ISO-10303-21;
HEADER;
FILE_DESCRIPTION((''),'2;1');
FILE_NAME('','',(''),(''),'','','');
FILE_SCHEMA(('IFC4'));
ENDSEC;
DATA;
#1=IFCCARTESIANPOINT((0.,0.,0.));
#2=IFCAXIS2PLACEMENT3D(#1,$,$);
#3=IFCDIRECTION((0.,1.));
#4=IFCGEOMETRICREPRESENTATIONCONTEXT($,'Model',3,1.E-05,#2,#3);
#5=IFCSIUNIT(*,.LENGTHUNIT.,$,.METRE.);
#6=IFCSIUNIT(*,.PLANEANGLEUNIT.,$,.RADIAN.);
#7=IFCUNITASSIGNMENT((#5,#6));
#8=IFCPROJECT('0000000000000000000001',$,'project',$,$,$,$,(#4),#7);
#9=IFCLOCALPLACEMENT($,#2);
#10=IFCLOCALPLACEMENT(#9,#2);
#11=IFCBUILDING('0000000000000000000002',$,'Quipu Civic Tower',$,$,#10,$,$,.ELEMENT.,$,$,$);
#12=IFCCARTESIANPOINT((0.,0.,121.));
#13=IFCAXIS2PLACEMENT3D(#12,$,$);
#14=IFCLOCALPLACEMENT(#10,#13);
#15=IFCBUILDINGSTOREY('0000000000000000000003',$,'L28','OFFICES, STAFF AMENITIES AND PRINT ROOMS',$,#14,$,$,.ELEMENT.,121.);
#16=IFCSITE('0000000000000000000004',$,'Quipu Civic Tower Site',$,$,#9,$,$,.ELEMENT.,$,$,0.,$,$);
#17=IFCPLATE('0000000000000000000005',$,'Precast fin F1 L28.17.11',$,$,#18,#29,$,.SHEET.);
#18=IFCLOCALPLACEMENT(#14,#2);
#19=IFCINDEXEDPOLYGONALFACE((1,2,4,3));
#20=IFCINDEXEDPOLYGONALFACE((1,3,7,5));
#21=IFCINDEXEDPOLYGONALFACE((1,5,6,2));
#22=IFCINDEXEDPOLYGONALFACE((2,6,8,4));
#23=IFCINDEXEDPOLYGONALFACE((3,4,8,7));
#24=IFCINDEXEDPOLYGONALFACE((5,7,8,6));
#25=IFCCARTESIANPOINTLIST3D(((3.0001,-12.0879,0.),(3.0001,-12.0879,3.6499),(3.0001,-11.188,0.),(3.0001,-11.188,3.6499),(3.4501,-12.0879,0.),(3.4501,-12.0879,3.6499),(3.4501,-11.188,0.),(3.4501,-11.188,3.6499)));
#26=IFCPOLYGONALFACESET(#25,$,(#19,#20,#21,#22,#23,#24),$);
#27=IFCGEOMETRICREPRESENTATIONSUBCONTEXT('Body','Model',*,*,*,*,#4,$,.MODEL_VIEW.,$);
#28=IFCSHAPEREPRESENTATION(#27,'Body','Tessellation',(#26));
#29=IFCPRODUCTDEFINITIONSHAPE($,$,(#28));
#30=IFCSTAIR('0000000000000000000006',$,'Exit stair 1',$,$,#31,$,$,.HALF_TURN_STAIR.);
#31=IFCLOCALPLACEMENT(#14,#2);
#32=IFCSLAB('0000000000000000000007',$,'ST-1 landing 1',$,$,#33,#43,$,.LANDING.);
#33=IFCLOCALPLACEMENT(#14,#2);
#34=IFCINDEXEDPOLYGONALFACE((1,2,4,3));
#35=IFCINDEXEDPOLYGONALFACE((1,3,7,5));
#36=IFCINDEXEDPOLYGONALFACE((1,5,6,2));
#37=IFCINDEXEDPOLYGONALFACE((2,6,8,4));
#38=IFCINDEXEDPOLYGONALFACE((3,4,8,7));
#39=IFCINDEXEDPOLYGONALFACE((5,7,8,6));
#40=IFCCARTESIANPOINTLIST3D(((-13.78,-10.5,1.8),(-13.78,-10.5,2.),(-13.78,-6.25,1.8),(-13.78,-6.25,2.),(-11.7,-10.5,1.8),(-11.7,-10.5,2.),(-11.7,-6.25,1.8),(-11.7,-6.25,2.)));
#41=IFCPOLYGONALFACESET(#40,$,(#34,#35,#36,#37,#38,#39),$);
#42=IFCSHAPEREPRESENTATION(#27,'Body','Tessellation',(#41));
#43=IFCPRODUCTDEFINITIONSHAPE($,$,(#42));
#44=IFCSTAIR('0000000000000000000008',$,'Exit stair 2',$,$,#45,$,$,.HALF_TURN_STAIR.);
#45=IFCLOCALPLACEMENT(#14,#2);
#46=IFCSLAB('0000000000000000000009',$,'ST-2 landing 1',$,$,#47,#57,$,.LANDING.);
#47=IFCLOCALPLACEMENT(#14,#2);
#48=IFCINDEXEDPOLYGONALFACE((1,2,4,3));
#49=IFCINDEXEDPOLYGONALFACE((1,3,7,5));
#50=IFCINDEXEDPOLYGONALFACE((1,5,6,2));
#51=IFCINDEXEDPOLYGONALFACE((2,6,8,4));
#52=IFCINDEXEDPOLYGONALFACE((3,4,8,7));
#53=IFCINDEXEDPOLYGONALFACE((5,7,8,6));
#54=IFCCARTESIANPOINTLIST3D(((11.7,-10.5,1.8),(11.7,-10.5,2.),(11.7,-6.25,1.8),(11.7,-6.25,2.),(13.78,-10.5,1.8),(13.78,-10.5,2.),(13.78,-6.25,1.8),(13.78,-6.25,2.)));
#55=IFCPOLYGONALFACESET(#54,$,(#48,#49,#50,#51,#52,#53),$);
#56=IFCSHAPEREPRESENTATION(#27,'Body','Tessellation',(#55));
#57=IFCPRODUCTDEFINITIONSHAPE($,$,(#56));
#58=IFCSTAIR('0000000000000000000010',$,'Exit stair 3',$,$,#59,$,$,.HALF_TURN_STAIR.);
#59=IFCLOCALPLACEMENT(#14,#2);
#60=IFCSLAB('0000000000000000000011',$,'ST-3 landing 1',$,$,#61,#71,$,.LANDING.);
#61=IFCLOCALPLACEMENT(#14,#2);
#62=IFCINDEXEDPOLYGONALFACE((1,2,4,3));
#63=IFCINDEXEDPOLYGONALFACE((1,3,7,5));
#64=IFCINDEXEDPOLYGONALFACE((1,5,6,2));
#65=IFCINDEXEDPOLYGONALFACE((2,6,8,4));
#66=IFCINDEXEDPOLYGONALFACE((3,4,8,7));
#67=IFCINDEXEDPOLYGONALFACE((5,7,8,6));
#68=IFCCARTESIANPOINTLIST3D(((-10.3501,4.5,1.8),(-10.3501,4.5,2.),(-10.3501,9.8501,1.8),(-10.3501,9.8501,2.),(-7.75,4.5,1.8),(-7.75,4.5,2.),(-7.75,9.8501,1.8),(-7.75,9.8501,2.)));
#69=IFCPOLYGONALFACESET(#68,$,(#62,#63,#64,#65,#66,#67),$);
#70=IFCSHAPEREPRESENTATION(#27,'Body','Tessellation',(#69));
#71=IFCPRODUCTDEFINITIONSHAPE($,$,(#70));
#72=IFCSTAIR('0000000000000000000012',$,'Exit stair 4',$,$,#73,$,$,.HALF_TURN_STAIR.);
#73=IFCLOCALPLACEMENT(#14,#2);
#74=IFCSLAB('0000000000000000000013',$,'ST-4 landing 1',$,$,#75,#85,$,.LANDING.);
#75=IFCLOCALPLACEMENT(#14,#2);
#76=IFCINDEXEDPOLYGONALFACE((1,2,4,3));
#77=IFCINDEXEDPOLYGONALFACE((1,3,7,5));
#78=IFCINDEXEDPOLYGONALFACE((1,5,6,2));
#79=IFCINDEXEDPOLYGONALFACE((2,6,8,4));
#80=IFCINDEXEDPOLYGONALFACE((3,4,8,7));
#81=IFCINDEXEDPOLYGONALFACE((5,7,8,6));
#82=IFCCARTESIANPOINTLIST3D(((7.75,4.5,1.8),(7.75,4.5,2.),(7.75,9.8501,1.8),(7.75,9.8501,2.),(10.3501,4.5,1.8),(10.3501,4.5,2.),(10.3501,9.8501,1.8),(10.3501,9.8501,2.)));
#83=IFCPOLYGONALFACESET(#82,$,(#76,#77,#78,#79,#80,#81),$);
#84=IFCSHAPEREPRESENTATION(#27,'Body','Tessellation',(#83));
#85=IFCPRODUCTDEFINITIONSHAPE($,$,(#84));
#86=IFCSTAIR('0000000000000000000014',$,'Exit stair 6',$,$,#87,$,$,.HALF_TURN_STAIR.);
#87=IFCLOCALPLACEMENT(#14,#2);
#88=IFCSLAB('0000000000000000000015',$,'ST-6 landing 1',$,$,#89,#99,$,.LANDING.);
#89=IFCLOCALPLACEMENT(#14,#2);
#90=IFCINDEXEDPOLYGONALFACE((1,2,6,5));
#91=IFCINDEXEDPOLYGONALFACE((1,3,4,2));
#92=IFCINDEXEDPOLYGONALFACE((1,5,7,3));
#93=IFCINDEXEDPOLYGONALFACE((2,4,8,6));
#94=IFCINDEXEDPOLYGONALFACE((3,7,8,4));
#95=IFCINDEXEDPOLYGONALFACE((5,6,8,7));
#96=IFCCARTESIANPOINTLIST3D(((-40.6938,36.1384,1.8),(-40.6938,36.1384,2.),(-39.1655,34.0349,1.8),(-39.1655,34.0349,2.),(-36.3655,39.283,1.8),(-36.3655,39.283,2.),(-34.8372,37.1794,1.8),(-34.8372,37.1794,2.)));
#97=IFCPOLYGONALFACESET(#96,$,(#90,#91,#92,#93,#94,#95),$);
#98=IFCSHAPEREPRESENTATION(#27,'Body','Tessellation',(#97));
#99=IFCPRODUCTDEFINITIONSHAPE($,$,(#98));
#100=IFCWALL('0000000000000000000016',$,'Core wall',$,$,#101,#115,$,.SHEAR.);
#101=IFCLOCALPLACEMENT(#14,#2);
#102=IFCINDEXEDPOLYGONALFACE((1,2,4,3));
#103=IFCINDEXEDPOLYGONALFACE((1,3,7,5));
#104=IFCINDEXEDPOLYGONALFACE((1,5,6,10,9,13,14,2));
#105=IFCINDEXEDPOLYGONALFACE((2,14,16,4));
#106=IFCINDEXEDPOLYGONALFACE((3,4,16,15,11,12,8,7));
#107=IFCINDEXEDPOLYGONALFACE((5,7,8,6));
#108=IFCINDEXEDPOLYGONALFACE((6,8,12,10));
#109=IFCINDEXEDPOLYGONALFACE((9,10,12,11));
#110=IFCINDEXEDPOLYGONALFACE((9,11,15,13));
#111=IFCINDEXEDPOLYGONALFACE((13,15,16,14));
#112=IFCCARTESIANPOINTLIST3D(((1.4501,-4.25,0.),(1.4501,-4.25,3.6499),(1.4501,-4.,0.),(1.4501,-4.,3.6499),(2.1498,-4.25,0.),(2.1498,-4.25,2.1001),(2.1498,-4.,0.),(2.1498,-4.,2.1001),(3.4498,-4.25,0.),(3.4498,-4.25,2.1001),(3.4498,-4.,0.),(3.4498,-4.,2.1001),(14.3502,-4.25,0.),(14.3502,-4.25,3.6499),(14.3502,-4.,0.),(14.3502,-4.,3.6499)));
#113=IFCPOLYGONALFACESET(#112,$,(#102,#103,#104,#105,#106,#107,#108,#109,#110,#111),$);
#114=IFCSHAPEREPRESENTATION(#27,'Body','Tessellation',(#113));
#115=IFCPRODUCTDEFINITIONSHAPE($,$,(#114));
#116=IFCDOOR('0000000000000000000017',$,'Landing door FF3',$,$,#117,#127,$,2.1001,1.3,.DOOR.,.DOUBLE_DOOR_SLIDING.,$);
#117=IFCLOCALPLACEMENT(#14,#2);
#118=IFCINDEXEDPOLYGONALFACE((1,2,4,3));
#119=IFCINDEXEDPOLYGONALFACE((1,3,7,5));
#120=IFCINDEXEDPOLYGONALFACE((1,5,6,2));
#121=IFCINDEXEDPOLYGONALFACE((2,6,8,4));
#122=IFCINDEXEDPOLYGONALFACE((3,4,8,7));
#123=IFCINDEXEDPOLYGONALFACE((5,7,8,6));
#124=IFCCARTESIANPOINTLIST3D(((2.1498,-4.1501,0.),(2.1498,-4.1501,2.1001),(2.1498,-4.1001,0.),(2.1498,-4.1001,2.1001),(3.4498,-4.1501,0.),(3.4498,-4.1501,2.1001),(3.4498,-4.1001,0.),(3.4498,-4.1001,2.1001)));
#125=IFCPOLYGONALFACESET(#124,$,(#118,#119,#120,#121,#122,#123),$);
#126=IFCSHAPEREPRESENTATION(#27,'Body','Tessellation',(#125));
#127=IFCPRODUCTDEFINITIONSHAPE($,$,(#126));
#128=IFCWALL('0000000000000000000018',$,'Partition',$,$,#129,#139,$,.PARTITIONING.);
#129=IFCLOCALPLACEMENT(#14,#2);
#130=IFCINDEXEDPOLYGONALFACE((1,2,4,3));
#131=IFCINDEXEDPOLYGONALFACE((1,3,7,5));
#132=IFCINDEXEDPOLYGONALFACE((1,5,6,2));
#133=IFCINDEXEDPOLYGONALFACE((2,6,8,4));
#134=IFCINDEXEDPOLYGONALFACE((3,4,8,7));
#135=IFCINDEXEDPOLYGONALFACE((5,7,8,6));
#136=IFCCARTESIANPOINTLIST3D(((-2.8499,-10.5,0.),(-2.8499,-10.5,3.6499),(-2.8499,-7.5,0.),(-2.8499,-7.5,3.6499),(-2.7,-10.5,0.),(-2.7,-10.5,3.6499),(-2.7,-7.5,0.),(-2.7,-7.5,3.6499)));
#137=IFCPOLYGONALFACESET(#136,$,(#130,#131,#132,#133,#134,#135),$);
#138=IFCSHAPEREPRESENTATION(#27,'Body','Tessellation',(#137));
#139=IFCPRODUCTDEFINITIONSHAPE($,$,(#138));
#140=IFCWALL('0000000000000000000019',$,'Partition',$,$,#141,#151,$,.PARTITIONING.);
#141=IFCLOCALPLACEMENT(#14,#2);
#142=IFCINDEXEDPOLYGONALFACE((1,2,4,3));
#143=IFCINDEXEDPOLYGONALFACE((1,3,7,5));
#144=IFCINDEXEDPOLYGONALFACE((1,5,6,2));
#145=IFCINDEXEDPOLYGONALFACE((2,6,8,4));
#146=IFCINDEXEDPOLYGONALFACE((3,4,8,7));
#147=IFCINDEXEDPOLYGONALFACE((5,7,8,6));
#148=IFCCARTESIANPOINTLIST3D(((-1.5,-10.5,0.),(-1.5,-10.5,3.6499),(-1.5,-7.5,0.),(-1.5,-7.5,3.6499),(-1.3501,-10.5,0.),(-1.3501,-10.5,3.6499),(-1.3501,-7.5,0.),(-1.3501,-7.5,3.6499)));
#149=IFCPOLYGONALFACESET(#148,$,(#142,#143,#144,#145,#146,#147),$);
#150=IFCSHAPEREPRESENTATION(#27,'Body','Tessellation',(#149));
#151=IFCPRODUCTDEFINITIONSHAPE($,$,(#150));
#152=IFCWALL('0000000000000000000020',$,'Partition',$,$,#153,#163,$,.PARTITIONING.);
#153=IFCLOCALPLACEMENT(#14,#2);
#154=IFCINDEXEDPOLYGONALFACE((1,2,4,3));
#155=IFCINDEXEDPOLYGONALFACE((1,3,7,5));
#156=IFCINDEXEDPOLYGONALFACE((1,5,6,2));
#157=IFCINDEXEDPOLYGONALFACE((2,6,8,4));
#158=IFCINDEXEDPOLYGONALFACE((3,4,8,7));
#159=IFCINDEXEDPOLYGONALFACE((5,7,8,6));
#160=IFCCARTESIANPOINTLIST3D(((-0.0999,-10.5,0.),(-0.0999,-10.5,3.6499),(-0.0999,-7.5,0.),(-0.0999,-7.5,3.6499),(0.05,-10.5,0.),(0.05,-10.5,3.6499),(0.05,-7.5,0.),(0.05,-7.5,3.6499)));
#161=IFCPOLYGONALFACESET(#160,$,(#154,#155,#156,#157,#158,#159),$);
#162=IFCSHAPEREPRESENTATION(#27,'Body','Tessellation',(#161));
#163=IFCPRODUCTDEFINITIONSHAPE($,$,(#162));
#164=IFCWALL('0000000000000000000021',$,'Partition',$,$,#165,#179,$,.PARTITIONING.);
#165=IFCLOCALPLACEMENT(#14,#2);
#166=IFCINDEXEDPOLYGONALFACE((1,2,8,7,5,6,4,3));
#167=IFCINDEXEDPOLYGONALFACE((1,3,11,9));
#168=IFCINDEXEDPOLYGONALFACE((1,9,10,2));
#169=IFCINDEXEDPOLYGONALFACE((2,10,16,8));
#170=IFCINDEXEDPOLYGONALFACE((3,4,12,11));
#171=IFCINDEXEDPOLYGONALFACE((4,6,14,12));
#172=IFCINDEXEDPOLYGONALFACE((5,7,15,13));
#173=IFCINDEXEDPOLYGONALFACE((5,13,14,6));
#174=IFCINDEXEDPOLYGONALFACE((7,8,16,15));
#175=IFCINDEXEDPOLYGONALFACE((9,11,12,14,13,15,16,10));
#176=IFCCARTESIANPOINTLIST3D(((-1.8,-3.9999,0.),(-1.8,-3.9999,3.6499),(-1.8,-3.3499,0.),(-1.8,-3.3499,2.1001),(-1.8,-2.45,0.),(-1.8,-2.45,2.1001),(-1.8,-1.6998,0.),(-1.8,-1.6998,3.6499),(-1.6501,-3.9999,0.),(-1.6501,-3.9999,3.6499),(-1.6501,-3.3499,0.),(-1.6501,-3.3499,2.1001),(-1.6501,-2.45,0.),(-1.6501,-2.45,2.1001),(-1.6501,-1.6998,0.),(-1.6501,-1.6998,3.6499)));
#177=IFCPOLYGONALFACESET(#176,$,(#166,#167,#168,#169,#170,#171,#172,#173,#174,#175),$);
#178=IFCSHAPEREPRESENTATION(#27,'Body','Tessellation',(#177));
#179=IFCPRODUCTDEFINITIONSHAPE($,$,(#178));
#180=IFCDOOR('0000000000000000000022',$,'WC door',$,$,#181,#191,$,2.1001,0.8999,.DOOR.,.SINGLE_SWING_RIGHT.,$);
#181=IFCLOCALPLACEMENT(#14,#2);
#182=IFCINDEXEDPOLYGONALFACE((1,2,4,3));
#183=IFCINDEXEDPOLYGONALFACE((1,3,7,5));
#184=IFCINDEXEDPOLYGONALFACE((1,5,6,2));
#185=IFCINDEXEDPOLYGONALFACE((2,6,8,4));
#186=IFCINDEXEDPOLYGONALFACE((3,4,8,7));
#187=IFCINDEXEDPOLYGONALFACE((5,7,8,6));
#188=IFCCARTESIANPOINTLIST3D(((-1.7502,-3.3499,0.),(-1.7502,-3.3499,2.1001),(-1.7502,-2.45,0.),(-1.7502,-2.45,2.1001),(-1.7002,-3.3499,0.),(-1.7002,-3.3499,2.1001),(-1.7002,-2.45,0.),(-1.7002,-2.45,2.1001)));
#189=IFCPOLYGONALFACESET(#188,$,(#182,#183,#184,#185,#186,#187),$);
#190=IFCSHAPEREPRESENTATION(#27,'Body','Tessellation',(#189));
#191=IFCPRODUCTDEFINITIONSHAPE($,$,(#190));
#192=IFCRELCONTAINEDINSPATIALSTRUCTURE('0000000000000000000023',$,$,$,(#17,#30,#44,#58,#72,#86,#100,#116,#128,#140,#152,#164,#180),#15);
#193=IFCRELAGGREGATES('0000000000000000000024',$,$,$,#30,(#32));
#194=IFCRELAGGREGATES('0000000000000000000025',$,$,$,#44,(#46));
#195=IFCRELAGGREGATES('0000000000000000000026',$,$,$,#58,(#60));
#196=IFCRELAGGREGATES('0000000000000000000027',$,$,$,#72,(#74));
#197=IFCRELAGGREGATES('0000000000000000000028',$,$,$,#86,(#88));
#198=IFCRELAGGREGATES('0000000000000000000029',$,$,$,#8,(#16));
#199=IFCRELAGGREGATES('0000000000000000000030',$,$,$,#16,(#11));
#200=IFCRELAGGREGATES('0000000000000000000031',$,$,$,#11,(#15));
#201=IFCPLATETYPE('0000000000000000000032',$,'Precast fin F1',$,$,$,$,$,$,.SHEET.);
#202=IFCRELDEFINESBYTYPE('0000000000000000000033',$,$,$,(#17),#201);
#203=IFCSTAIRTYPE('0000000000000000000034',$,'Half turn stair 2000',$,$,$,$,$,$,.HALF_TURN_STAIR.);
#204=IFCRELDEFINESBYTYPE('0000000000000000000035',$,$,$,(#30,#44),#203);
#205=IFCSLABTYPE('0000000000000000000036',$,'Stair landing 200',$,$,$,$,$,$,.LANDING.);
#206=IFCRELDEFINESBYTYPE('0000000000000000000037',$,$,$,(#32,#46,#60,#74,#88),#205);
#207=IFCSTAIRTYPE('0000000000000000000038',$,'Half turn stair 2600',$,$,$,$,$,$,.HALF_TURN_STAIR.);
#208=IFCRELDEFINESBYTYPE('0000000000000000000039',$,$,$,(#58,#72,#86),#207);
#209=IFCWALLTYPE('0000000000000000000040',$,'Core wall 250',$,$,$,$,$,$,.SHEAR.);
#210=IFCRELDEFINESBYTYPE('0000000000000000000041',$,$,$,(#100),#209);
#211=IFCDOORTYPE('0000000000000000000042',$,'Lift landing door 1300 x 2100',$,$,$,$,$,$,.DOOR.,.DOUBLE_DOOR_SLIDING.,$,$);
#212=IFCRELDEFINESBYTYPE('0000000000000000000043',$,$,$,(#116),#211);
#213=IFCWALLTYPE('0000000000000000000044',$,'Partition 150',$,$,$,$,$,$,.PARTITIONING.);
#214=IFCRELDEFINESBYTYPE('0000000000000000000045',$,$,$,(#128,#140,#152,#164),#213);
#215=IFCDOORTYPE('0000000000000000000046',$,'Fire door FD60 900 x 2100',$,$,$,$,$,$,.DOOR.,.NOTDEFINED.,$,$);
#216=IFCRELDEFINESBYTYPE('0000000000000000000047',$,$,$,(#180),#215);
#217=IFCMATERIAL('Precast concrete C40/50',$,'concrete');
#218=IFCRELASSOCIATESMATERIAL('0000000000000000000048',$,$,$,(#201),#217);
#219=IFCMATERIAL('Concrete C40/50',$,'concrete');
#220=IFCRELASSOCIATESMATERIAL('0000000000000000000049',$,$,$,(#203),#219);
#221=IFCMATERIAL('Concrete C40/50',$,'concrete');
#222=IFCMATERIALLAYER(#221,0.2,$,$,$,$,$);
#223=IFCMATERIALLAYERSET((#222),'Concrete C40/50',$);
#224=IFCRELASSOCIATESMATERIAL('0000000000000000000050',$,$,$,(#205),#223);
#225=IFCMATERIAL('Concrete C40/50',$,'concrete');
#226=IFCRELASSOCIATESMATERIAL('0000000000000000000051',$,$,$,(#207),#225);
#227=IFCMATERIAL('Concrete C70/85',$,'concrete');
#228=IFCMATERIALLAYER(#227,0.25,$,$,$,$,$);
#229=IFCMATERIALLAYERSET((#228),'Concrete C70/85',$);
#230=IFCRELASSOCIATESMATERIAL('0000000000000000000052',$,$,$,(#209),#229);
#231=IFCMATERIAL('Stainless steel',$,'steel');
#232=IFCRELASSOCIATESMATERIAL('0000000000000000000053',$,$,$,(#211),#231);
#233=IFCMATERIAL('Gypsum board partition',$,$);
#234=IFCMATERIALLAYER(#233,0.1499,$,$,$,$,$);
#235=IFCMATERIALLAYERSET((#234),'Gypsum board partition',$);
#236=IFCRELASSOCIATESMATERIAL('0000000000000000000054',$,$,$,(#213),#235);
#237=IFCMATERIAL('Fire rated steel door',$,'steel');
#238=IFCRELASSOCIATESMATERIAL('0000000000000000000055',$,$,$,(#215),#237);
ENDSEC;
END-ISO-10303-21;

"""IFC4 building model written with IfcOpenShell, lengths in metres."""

from ifc_helpers import new_model, si_unit, direction, frame, frame_2d, origin, origin_2d, place, context, subcontext, project, spatial, polyline, rectangle, outline, extrude, material, layer, layer_set, type_object, element, fill, aggregate, save


model = new_model("IFC4")

# Units and contexts
model_context = context("Model", 3, precision=1e-05, world=origin(), true_north=direction((0.0, 1.0)))
body_context = subcontext(model_context, "Body", "Model", "MODEL_VIEW")
ifc_project = project(units=[si_unit("LENGTHUNIT", "METRE"), si_unit("PLANEANGLEUNIT", "RADIAN")], contexts=[model_context])

# Site, building, storey
site_placement = place(None, origin())
site = spatial("IfcSite", under=ifc_project, at=site_placement, Name="Quipu Civic Tower Site", CompositionType="ELEMENT", RefElevation=0.0)
building_placement = place(site_placement, origin())
building = spatial("IfcBuilding", under=site, at=building_placement, Name="Quipu Civic Tower", CompositionType="ELEMENT")
storey_placement = place(building_placement, frame((0.0, 0.0, 121.0)))
storey = spatial("IfcBuildingStorey", under=building, at=storey_placement, Name="L28", Description="OFFICES, STAFF AMENITIES AND PRINT ROOMS", CompositionType="ELEMENT", Elevation=121.0)

# Plate
ifc_material_1 = material(Name="Precast concrete C40/50", Category="concrete")
plate_type = type_object("IfcPlateType", Name="Precast fin F1", PredefinedType="SHEET", material=ifc_material_1)
for number, where, z_axis, x_axis, name in (
    (1, (3.2251, -11.6379, 0.0), (0.0, 0.0, 1.0), (1.0, 0.0, 0.0), "Precast fin F1 L28.17.11"),
):
    element("IfcPlate", number, at=place(storey_placement, frame(where, z_axis=z_axis, x_axis=x_axis)), inside=storey, type_object=plate_type, Name=name, PredefinedType="SHEET", context=body_context, shape_type="SweptSolid", body=[
        extrude(rectangle(XDim=0.45, YDim=0.8999, at=origin_2d()), origin(), (0.0, 0.0, 1.0), 3.6499),
    ])

# Stairs, slabs
ifc_material_2 = material(Name="Concrete C40/50", Category="concrete")
stair_type_1 = type_object("IfcStairType", Name="Half turn stair 2000", PredefinedType="HALF_TURN_STAIR", material=ifc_material_2)
stair_1_placement = place(storey_placement, origin())
stair_1 = element("IfcStair", 2, at=stair_1_placement, inside=storey, type_object=stair_type_1, Name="Exit stair 1", PredefinedType="HALF_TURN_STAIR")
ifc_material_3 = material(Name="Concrete C40/50", Category="concrete")
ifc_layer_1 = layer(ifc_material_3, 0.2)
ifc_layer_set_1 = layer_set([ifc_layer_1], Name="Concrete C40/50")
slab_type_1 = type_object("IfcSlabType", Name="Stair landing 200", PredefinedType="LANDING", material=ifc_layer_set_1)
slab_1_placement = place(storey_placement, frame((0.0, 0.0, 1.8)))
slab_1 = element("IfcSlab", 3, at=slab_1_placement, type_object=slab_type_1, Name="ST-1 landing 1", PredefinedType="LANDING", context=body_context, shape_type="SweptSolid", body=[
    extrude(outline(polyline([(-13.78, -10.5), (-11.7, -10.5), (-11.7, -6.25), (-13.78, -6.25), (-13.78, -10.5)])), origin(), (0.0, 0.0, 1.0), 0.2),
])
aggregate(stair_1, [slab_1])
stair_2_placement = place(storey_placement, origin())
stair_2 = element("IfcStair", 4, at=stair_2_placement, inside=storey, type_object=stair_type_1, Name="Exit stair 2", PredefinedType="HALF_TURN_STAIR")
slab_2_placement = place(storey_placement, frame((0.0, 0.0, 1.8)))
slab_2 = element("IfcSlab", 5, at=slab_2_placement, type_object=slab_type_1, Name="ST-2 landing 1", PredefinedType="LANDING", context=body_context, shape_type="SweptSolid", body=[
    extrude(outline(polyline([(13.78, -6.25), (11.7, -6.25), (11.7, -10.5), (13.78, -10.5), (13.78, -6.25)])), origin(), (0.0, 0.0, 1.0), 0.2),
])
aggregate(stair_2, [slab_2])
ifc_material_4 = material(Name="Concrete C40/50", Category="concrete")
stair_type_2 = type_object("IfcStairType", Name="Half turn stair 2600", PredefinedType="HALF_TURN_STAIR", material=ifc_material_4)
stair_3_placement = place(storey_placement, origin())
stair_3 = element("IfcStair", 6, at=stair_3_placement, inside=storey, type_object=stair_type_2, Name="Exit stair 3", PredefinedType="HALF_TURN_STAIR")
slab_3_placement = place(storey_placement, frame((0.0, 0.0, 1.8)))
slab_3 = element("IfcSlab", 7, at=slab_3_placement, type_object=slab_type_1, Name="ST-3 landing 1", PredefinedType="LANDING", context=body_context, shape_type="SweptSolid", body=[
    extrude(outline(polyline([(-10.3501, 4.5), (-7.75, 4.5), (-7.75, 9.8501), (-10.3501, 9.8501), (-10.3501, 4.5)])), origin(), (0.0, 0.0, 1.0), 0.2),
])
aggregate(stair_3, [slab_3])
stair_4_placement = place(storey_placement, origin())
stair_4 = element("IfcStair", 8, at=stair_4_placement, inside=storey, type_object=stair_type_2, Name="Exit stair 4", PredefinedType="HALF_TURN_STAIR")
slab_4_placement = place(storey_placement, frame((0.0, 0.0, 1.8)))
slab_4 = element("IfcSlab", 9, at=slab_4_placement, type_object=slab_type_1, Name="ST-4 landing 1", PredefinedType="LANDING", context=body_context, shape_type="SweptSolid", body=[
    extrude(outline(polyline([(10.3501, 9.8501), (7.75, 9.8501), (7.75, 4.5), (10.3501, 4.5), (10.3501, 9.8501)])), origin(), (0.0, 0.0, 1.0), 0.2),
])
aggregate(stair_4, [slab_4])
stair_5_placement = place(storey_placement, origin())
stair_5 = element("IfcStair", 10, at=stair_5_placement, inside=storey, type_object=stair_type_2, Name="Exit stair 6", PredefinedType="HALF_TURN_STAIR")
slab_5_placement = place(storey_placement, frame((0.0, 0.0, 1.8)))
slab_5 = element("IfcSlab", 11, at=slab_5_placement, type_object=slab_type_1, Name="ST-6 landing 1", PredefinedType="LANDING", context=body_context, shape_type="SweptSolid", body=[
    extrude(outline(polyline([(-34.8372, 37.1794), (-36.3655, 39.283), (-40.6938, 36.1384), (-39.1655, 34.0349), (-34.8372, 37.1794)])), origin(), (0.0, 0.0, 1.0), 0.2),
])
aggregate(stair_5, [slab_5])

# Wall, opening, door
ifc_material_5 = material(Name="Concrete C70/85", Category="concrete")
ifc_layer_2 = layer(ifc_material_5, 0.25)
ifc_layer_set_2 = layer_set([ifc_layer_2], Name="Concrete C70/85")
wall_type_1 = type_object("IfcWallType", Name="Core wall 250", PredefinedType="SHEAR", material=ifc_layer_set_2)
wall_1_placement = place(storey_placement, frame((1.45, -4.125, 0.0), z_axis=(0.0, 0.0, 1.0), x_axis=(1.0, 0.0, 0.0)))
wall_1 = element("IfcWall", 12, at=wall_1_placement, inside=storey, type_object=wall_type_1, Name="Core wall", PredefinedType="SHEAR", context=body_context, shape_type="SweptSolid", body=[
    extrude(rectangle(XDim=12.9001, YDim=0.25, at=frame_2d((6.4502, 0.0))), origin(), (0.0, 0.0, 1.0), 3.6499),
])
opening_1_placement = place(wall_1_placement, frame((0.7, 0.0, 0.0)))
opening_1 = element("IfcOpeningElement", 13, at=opening_1_placement, cuts=wall_1, PredefinedType="OPENING", context=body_context, shape_type="SweptSolid", body=[
    extrude(rectangle(XDim=1.3, YDim=2.1001, at=frame_2d((0.6499, 1.05))), frame((0.0, 0.135, 0.0), z_axis=(0.0, -1.0, 0.0), x_axis=(1.0, 0.0, 0.0)), (0.0, 0.0, 1.0), 0.27),
])
ifc_material_6 = material(Name="Stainless steel", Category="steel")
door_type_1 = type_object("IfcDoorType", Name="Lift landing door 1300 x 2100", OperationType="DOUBLE_DOOR_SLIDING", PredefinedType="DOOR", material=ifc_material_6)
door_1_placement = place(opening_1_placement, origin())
door_1 = element("IfcDoor", 14, at=door_1_placement, inside=storey, type_object=door_type_1, Name="Landing door FF3", OperationType="DOUBLE_DOOR_SLIDING", OverallHeight=2.1001, OverallWidth=1.3, PredefinedType="DOOR", context=body_context, shape_type="SweptSolid", body=[
    extrude(rectangle(XDim=1.3, YDim=2.1001, at=frame_2d((0.6499, 1.05))), frame((0.0, 0.0249, 0.0), z_axis=(0.0, -1.0, 0.0), x_axis=(1.0, 0.0, 0.0)), (0.0, 0.0, 1.0), 0.05),
])
fill(opening_1, door_1)

# Walls
ifc_material_7 = material(Name="Gypsum board partition")
ifc_layer_3 = layer(ifc_material_7, 0.1499)
ifc_layer_set_3 = layer_set([ifc_layer_3], Name="Gypsum board partition")
wall_type_2 = type_object("IfcWallType", Name="Partition 150", PredefinedType="PARTITIONING", material=ifc_layer_set_3)
for number, where, z_axis, x_axis, name in (
    (15, (-2.7749, -10.5, 0.0), (0.0, 0.0, 1.0), (0.0, 1.0, 0.0), "Partition"),
    (16, (-1.425, -10.5, 0.0), (0.0, 0.0, 1.0), (0.0, 1.0, 0.0), "Partition"),
    (17, (-0.0249, -10.5, 0.0), (0.0, 0.0, 1.0), (0.0, 1.0, 0.0), "Partition"),
):
    element("IfcWall", number, at=place(storey_placement, frame(where, z_axis=z_axis, x_axis=x_axis)), inside=storey, type_object=wall_type_2, Name=name, PredefinedType="PARTITIONING", context=body_context, shape_type="SweptSolid", body=[
        extrude(rectangle(XDim=3.0, YDim=0.1499, at=frame_2d((1.5, 0.0))), origin(), (0.0, 0.0, 1.0), 3.6499),
    ])

# Wall, opening, door
wall_2_placement = place(storey_placement, frame((-1.7251, -1.7, 0.0), z_axis=(0.0, 0.0, 1.0), x_axis=(0.0, -1.0, 0.0)))
wall_2 = element("IfcWall", 18, at=wall_2_placement, inside=storey, type_object=wall_type_2, Name="Partition", PredefinedType="PARTITIONING", context=body_context, shape_type="SweptSolid", body=[
    extrude(rectangle(XDim=2.3, YDim=0.1499, at=frame_2d((1.1499, 0.0))), origin(), (0.0, 0.0, 1.0), 3.6499),
])
opening_2_placement = place(wall_2_placement, frame((0.75, 0.0, 0.0)))
opening_2 = element("IfcOpeningElement", 19, at=opening_2_placement, cuts=wall_2, PredefinedType="OPENING", context=body_context, shape_type="SweptSolid", body=[
    extrude(rectangle(XDim=0.8999, YDim=2.1001, at=frame_2d((0.45, 1.05))), frame((0.0, 0.085, 0.0), z_axis=(0.0, -1.0, 0.0), x_axis=(1.0, 0.0, 0.0)), (0.0, 0.0, 1.0), 0.1699),
])
ifc_material_8 = material(Name="Fire rated steel door", Category="steel")
door_type_2 = type_object("IfcDoorType", Name="Fire door FD60 900 x 2100", OperationType="NOTDEFINED", PredefinedType="DOOR", material=ifc_material_8)
door_2_placement = place(opening_2_placement, origin())
door_2 = element("IfcDoor", 20, at=door_2_placement, inside=storey, type_object=door_type_2, Name="WC door", OperationType="SINGLE_SWING_RIGHT", OverallHeight=2.1001, OverallWidth=0.8999, PredefinedType="DOOR", context=body_context, shape_type="SweptSolid", body=[
    extrude(rectangle(XDim=0.8999, YDim=2.1001, at=frame_2d((0.45, 1.05))), frame((0.0, 0.0249, 0.0), z_axis=(0.0, -1.0, 0.0), x_axis=(1.0, 0.0, 0.0)), (0.0, 0.0, 1.0), 0.05),
])
fill(opening_2, door_2)

save(model, "model.ifc")
